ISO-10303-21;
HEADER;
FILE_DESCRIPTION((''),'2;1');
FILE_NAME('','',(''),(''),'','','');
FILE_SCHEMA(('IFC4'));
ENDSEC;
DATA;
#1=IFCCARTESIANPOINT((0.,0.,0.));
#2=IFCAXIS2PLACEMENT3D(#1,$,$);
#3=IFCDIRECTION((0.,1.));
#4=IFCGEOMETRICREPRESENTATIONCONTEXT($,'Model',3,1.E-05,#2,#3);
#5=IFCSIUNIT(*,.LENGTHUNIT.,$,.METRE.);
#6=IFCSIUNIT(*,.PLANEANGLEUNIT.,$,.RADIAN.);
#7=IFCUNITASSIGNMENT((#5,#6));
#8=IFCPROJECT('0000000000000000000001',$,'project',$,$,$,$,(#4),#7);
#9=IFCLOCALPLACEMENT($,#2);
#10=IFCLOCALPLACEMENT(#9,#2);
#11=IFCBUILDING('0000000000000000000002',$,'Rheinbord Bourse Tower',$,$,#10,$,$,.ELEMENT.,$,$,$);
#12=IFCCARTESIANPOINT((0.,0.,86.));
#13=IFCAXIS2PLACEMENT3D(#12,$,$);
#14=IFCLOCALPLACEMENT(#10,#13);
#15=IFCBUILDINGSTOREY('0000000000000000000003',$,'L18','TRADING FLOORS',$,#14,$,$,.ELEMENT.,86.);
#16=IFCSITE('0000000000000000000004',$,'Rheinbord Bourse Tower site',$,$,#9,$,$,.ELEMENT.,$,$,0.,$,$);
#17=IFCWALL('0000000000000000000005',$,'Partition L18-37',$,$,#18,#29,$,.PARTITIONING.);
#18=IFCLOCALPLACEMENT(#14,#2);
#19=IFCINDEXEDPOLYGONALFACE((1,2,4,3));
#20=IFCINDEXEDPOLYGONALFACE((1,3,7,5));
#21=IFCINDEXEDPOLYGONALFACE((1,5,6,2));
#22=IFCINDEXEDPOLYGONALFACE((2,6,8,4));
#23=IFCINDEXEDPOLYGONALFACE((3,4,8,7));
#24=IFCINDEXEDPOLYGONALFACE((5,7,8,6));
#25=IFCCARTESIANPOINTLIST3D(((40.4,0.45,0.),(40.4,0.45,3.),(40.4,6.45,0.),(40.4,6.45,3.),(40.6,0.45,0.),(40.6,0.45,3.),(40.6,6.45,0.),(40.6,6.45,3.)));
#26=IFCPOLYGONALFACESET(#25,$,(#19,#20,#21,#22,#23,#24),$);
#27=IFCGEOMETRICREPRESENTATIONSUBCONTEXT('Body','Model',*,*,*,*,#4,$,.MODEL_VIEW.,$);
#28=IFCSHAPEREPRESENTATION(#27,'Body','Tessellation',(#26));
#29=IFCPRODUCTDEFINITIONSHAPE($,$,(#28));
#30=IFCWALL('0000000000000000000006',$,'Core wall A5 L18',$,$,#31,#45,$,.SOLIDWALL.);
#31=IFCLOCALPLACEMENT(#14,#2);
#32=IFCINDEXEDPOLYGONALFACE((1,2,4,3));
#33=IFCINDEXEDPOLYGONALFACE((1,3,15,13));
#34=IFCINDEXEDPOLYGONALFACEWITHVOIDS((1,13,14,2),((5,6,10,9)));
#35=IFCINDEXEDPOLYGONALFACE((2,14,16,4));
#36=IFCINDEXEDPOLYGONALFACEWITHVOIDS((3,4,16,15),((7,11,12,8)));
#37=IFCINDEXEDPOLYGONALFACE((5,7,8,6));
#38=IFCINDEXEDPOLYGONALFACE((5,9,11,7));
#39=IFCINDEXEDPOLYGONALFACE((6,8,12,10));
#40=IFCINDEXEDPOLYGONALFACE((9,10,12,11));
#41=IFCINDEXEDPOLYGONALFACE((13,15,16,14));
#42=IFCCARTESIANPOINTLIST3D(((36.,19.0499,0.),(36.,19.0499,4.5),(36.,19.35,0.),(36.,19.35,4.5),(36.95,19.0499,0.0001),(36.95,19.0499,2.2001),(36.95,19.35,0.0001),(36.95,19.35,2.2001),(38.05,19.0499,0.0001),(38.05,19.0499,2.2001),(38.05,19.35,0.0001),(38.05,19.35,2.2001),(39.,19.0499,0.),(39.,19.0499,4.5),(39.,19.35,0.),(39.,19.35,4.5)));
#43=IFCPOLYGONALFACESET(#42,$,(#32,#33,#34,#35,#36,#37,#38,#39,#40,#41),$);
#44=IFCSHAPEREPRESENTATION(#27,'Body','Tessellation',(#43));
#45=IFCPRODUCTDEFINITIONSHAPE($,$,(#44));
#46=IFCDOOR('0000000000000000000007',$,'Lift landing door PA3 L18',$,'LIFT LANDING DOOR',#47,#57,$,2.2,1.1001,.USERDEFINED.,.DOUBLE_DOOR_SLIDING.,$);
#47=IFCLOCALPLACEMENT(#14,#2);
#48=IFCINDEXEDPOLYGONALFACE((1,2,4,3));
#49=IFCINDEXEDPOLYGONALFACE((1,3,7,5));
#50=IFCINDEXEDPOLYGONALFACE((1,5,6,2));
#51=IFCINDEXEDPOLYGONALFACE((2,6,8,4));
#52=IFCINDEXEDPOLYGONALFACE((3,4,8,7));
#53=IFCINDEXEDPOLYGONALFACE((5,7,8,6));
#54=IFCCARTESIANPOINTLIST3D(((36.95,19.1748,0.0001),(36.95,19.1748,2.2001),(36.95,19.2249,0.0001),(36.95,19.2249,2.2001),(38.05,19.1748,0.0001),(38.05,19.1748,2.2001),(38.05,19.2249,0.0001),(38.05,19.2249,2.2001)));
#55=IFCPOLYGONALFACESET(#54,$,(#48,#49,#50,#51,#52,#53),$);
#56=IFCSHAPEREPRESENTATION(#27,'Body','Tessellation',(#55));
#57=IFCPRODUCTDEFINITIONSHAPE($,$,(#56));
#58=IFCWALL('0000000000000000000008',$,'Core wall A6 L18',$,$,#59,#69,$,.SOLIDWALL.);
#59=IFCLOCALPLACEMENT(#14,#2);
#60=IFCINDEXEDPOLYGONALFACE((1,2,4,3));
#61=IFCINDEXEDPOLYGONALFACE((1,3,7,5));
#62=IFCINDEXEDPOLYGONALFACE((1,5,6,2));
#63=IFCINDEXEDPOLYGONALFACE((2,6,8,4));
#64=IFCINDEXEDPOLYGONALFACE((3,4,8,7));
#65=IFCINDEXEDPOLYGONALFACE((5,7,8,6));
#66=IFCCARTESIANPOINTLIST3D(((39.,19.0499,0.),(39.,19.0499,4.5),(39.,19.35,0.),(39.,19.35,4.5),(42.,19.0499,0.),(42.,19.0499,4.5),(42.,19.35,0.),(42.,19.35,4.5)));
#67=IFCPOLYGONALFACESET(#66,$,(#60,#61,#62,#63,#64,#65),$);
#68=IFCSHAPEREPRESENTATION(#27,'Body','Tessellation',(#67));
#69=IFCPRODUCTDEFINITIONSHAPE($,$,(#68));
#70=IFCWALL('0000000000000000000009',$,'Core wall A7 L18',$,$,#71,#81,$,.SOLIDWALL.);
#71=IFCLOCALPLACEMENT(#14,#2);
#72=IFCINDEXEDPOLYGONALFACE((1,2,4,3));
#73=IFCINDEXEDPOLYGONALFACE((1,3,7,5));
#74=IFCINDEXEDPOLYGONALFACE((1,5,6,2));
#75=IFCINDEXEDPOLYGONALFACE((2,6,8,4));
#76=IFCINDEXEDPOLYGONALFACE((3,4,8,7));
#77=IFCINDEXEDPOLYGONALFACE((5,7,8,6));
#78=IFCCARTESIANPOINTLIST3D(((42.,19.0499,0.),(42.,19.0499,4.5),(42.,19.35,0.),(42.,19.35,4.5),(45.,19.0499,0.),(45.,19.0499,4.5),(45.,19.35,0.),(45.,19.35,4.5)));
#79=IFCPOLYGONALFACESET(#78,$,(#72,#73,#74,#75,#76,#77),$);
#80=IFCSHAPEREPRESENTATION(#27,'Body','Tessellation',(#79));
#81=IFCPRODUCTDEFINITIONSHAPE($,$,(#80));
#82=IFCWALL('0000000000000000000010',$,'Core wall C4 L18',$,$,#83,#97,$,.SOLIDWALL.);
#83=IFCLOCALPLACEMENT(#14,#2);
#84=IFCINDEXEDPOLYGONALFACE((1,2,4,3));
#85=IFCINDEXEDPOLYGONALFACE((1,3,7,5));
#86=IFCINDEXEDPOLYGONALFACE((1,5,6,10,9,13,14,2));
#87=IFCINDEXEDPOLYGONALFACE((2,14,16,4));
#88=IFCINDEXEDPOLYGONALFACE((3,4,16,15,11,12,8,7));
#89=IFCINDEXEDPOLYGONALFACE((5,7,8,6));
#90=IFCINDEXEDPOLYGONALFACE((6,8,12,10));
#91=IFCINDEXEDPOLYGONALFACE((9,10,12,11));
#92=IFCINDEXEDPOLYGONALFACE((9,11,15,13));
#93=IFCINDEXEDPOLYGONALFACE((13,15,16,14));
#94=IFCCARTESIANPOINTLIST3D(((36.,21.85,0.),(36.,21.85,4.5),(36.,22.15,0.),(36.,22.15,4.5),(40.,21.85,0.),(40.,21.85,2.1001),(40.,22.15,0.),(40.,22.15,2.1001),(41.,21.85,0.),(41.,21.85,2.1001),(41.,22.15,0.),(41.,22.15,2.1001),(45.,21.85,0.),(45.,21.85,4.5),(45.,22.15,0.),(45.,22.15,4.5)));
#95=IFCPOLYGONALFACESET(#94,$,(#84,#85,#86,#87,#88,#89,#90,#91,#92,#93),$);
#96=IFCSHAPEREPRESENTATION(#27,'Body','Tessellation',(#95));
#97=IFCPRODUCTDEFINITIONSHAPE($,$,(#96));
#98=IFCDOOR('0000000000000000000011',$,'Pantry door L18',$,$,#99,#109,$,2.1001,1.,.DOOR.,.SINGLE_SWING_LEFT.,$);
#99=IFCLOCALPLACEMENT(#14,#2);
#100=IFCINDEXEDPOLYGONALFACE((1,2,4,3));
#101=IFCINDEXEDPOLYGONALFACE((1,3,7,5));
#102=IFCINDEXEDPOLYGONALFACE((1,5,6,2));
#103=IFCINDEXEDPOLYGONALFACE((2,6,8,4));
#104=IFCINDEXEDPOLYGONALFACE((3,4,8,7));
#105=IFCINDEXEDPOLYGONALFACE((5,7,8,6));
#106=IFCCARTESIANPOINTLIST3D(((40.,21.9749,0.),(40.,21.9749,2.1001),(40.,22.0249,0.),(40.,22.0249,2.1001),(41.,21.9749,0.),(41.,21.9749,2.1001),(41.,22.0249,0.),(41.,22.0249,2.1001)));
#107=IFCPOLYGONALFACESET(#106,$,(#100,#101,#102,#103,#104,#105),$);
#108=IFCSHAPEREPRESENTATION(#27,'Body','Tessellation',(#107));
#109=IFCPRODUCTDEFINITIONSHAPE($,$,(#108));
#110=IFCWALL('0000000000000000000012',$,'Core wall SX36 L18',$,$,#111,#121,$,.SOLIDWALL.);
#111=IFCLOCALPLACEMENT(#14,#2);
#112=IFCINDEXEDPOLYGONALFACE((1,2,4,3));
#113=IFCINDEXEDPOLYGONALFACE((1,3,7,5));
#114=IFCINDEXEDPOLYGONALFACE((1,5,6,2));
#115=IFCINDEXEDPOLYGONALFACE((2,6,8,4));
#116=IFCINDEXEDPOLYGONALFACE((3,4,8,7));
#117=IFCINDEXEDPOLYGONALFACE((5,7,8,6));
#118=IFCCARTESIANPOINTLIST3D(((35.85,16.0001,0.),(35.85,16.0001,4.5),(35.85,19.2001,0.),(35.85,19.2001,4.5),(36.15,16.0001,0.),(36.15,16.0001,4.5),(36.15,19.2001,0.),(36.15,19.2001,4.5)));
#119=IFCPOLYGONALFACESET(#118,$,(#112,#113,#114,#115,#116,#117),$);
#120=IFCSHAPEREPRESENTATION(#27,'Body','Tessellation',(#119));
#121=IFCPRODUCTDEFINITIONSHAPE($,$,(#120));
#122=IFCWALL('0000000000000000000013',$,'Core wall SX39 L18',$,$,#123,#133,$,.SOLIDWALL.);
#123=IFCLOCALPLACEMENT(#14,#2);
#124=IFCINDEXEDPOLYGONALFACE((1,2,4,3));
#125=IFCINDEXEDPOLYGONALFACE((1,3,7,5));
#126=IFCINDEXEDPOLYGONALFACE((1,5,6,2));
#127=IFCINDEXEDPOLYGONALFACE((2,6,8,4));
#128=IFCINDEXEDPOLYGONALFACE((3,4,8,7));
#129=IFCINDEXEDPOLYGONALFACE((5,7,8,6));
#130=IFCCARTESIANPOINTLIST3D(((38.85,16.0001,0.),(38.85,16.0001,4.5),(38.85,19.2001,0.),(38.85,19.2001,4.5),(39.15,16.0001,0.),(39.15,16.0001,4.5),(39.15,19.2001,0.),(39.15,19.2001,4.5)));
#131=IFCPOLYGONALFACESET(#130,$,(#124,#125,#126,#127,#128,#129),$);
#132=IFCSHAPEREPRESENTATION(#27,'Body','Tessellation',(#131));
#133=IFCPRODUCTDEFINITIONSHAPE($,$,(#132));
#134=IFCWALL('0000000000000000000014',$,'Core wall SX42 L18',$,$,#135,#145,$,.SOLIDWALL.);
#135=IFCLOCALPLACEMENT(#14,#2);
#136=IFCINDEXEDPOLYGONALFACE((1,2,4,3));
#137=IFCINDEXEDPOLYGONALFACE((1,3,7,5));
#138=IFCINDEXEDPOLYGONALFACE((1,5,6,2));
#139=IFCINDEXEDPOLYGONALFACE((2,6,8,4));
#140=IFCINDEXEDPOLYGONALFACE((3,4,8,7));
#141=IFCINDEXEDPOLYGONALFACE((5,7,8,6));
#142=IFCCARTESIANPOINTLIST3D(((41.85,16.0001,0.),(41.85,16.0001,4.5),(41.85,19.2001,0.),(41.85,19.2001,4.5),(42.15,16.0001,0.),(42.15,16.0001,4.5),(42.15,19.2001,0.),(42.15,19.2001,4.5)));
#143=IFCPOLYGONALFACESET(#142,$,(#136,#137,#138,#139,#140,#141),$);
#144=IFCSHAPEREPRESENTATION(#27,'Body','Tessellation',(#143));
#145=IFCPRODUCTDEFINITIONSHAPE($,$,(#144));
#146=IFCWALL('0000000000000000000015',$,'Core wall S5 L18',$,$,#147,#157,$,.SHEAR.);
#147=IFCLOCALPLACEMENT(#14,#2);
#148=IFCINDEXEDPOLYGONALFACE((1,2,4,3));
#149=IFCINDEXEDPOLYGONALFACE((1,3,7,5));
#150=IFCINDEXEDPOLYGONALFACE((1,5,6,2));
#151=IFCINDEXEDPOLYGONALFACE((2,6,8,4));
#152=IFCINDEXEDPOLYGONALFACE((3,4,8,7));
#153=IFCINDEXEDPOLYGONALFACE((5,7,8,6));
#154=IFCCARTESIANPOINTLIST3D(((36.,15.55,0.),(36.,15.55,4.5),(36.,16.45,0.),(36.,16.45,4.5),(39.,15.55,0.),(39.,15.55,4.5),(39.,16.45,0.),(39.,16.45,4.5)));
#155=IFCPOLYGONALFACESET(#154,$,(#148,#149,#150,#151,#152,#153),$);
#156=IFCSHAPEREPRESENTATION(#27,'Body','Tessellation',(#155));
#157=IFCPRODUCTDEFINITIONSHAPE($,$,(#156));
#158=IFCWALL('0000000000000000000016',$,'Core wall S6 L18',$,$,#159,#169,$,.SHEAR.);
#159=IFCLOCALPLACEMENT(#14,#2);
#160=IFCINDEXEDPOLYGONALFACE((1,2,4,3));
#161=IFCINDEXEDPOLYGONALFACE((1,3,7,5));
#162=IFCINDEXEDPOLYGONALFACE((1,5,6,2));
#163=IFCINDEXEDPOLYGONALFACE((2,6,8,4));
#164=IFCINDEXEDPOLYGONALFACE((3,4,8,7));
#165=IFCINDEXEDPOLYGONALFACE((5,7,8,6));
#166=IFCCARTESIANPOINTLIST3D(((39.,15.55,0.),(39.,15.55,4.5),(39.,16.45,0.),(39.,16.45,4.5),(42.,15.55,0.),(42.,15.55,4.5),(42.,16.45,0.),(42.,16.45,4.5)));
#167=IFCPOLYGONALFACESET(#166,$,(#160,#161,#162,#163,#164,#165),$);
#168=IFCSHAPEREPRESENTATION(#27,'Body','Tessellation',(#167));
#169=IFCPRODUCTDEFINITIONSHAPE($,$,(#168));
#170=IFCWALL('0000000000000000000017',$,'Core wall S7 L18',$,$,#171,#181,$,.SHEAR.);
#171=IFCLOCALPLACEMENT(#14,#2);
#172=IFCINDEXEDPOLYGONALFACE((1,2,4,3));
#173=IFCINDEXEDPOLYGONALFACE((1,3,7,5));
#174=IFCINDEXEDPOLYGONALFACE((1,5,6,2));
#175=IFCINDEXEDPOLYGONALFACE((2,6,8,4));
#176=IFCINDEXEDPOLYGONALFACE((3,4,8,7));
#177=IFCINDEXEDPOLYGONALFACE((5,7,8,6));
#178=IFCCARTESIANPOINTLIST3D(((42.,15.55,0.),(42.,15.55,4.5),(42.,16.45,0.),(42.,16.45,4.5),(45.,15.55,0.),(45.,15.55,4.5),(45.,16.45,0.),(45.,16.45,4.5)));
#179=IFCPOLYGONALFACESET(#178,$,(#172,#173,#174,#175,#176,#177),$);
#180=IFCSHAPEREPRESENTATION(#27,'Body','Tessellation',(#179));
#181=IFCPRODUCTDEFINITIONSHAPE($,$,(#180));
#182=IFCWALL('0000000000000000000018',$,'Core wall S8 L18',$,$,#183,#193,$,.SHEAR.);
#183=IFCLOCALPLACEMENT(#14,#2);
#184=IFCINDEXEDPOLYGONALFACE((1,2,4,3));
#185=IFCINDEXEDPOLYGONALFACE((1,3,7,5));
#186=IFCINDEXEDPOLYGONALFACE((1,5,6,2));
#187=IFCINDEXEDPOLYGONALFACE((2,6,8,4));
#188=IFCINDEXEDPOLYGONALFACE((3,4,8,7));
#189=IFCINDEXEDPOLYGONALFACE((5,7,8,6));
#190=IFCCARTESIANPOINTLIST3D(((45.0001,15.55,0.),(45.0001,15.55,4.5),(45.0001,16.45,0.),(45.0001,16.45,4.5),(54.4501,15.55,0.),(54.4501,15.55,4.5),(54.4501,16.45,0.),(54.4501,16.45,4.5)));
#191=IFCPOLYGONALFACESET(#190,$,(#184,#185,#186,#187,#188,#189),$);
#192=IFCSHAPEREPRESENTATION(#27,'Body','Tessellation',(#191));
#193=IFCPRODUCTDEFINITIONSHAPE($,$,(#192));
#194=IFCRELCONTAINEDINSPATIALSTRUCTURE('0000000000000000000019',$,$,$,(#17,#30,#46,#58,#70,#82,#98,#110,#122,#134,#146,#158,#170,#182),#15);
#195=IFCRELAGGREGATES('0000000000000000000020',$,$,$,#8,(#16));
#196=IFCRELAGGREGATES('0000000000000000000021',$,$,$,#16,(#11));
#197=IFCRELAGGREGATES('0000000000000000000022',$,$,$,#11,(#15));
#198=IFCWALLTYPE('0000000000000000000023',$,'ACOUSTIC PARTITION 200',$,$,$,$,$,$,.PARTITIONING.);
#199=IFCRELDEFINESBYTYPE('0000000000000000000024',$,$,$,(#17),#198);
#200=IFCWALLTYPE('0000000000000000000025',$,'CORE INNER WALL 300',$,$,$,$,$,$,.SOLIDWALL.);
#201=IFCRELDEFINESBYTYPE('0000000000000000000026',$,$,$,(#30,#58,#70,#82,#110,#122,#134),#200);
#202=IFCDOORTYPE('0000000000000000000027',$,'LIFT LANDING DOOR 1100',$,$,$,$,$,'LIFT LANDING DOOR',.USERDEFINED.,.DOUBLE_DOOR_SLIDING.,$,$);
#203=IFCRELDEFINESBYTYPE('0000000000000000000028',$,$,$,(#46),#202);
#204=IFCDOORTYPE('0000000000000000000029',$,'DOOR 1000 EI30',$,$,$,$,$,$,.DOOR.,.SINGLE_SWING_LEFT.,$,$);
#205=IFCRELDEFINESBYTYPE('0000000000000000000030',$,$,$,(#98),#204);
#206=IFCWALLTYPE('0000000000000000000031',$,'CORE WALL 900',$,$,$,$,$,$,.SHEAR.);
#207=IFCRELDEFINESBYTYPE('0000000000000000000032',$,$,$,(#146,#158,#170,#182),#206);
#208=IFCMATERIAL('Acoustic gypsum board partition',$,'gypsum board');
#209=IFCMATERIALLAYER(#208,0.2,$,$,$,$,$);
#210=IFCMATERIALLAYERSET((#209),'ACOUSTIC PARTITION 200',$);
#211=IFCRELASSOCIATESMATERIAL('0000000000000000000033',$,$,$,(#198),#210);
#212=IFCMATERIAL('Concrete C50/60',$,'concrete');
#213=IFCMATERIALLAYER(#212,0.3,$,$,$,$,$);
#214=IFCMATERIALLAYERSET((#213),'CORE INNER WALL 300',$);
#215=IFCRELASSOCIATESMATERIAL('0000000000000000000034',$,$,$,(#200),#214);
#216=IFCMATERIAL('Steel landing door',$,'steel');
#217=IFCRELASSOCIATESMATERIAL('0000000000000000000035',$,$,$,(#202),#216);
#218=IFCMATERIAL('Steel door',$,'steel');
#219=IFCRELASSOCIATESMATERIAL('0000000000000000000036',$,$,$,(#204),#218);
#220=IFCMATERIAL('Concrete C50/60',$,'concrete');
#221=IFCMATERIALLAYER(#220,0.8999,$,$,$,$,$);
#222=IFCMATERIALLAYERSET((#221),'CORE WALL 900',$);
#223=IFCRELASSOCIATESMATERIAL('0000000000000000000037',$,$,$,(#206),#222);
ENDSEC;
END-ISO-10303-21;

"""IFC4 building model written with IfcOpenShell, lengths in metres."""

from ifc_helpers import new_model, si_unit, direction, frame, frame_2d, origin, place, context, subcontext, project, spatial, rectangle, extrude, material, layer, layer_set, type_object, element, fill, save


model = new_model("IFC4")

# Units and contexts
model_context = context("Model", 3, precision=1e-05, world=origin(), true_north=direction((0.0, 1.0)))
body_context = subcontext(model_context, "Body", "Model", "MODEL_VIEW")
ifc_project = project(units=[si_unit("LENGTHUNIT", "METRE"), si_unit("PLANEANGLEUNIT", "RADIAN")], contexts=[model_context])

# Site, building, storey
site_placement = place(None, origin())
site = spatial("IfcSite", under=ifc_project, at=site_placement, Name="Rheinbord Bourse Tower site", CompositionType="ELEMENT", RefElevation=0.0)
building_placement = place(site_placement, origin())
building = spatial("IfcBuilding", under=site, at=building_placement, Name="Rheinbord Bourse Tower", CompositionType="ELEMENT")
storey_placement = place(building_placement, frame((0.0, 0.0, 86.0)))
storey = spatial("IfcBuildingStorey", under=building, at=storey_placement, Name="L18", Description="TRADING FLOORS", CompositionType="ELEMENT", Elevation=86.0)

# Shared definitions
ifc_material_1 = material(Name="Acoustic gypsum board partition", Category="gypsum board")
ifc_layer_1 = layer(ifc_material_1, 0.2)
ifc_layer_set_1 = layer_set([ifc_layer_1], Name="ACOUSTIC PARTITION 200")
wall_type_1 = type_object("IfcWallType", Name="ACOUSTIC PARTITION 200", PredefinedType="PARTITIONING", material=ifc_layer_set_1)

# Wall
wall_1_placement = place(storey_placement, frame((40.5, 0.45, 0.0), z_axis=(0.0, 0.0, 1.0), x_axis=(0.0, 1.0, 0.0)))
element("IfcWall", 1, at=wall_1_placement, inside=storey, type_object=wall_type_1, Name="Partition L18-37", PredefinedType="PARTITIONING", context=body_context, shape_type="SweptSolid", body=[
    extrude(rectangle(XDim=6.0, YDim=0.2, at=frame_2d((3.0, 0.0))), origin(), (0.0, 0.0, 1.0), 3.0),
])

# Wall, opening, door
ifc_material_2 = material(Name="Concrete C50/60", Category="concrete")
ifc_layer_2 = layer(ifc_material_2, 0.3)
ifc_layer_set_2 = layer_set([ifc_layer_2], Name="CORE INNER WALL 300")
wall_type_2 = type_object("IfcWallType", Name="CORE INNER WALL 300", PredefinedType="SOLIDWALL", material=ifc_layer_set_2)
wall_2_placement = place(storey_placement, frame((36.0, 19.2, 0.0), z_axis=(0.0, 0.0, 1.0), x_axis=(1.0, 0.0, 0.0)))
wall_2 = element("IfcWall", 2, at=wall_2_placement, inside=storey, type_object=wall_type_2, Name="Core wall A5 L18", PredefinedType="SOLIDWALL", context=body_context, shape_type="SweptSolid", body=[
    extrude(rectangle(XDim=3.0, YDim=0.3, at=frame_2d((1.5, 0.0))), origin(), (0.0, 0.0, 1.0), 4.5),
])
opening_1_placement = place(wall_2_placement, frame((0.95, 0.0, 0.0)))
opening_1 = element("IfcOpeningElement", 3, at=opening_1_placement, cuts=wall_2, PredefinedType="OPENING", context=body_context, shape_type="SweptSolid", body=[
    extrude(rectangle(XDim=1.1001, YDim=2.2, at=frame_2d((0.55, 1.1001))), frame((0.0, 0.1599, 0.0), z_axis=(0.0, -1.0, 0.0), x_axis=(1.0, 0.0, 0.0)), (0.0, 0.0, 1.0), 0.3201),
])
ifc_material_3 = material(Name="Steel landing door", Category="steel")
door_type_1 = type_object("IfcDoorType", Name="LIFT LANDING DOOR 1100", ElementType="LIFT LANDING DOOR", OperationType="DOUBLE_DOOR_SLIDING", PredefinedType="USERDEFINED", material=ifc_material_3)
door_1_placement = place(opening_1_placement, origin())
door_1 = element("IfcDoor", 4, at=door_1_placement, inside=storey, type_object=door_type_1, Name="Lift landing door PA3 L18", ObjectType="LIFT LANDING DOOR", OperationType="DOUBLE_DOOR_SLIDING", OverallHeight=2.2, OverallWidth=1.1001, PredefinedType="USERDEFINED", context=body_context, shape_type="SweptSolid", body=[
    extrude(rectangle(XDim=1.1001, YDim=2.2, at=frame_2d((0.55, 1.1001))), frame((0.0, 0.0249, 0.0), z_axis=(0.0, -1.0, 0.0), x_axis=(1.0, 0.0, 0.0)), (0.0, 0.0, 1.0), 0.05),
])
fill(opening_1, door_1)

# Walls
for number, where, z_axis, x_axis, name in (
    (5, (39.0, 19.2, 0.0), (0.0, 0.0, 1.0), (1.0, 0.0, 0.0), "Core wall A6 L18"),
    (6, (42.0, 19.2, 0.0), (0.0, 0.0, 1.0), (1.0, 0.0, 0.0), "Core wall A7 L18"),
):
    element("IfcWall", number, at=place(storey_placement, frame(where, z_axis=z_axis, x_axis=x_axis)), inside=storey, type_object=wall_type_2, Name=name, PredefinedType="SOLIDWALL", context=body_context, shape_type="SweptSolid", body=[
        extrude(rectangle(XDim=3.0, YDim=0.3, at=frame_2d((1.5, 0.0))), origin(), (0.0, 0.0, 1.0), 4.5),
    ])

# Wall, opening, door
wall_3_placement = place(storey_placement, frame((36.0, 22.0, 0.0), z_axis=(0.0, 0.0, 1.0), x_axis=(1.0, 0.0, 0.0)))
wall_3 = element("IfcWall", 7, at=wall_3_placement, inside=storey, type_object=wall_type_2, Name="Core wall C4 L18", PredefinedType="SOLIDWALL", context=body_context, shape_type="SweptSolid", body=[
    extrude(rectangle(XDim=9.0, YDim=0.3, at=frame_2d((4.5, 0.0))), origin(), (0.0, 0.0, 1.0), 4.5),
])
opening_2_placement = place(wall_3_placement, frame((4.0, 0.0, 0.0)))
opening_2 = element("IfcOpeningElement", 8, at=opening_2_placement, cuts=wall_3, PredefinedType="OPENING", context=body_context, shape_type="SweptSolid", body=[
    extrude(rectangle(XDim=1.0, YDim=2.1001, at=frame_2d((0.5, 1.05))), frame((0.0, 0.1599, 0.0), z_axis=(0.0, -1.0, 0.0), x_axis=(1.0, 0.0, 0.0)), (0.0, 0.0, 1.0), 0.3201),
])
ifc_material_4 = material(Name="Steel door", Category="steel")
door_type_2 = type_object("IfcDoorType", Name="DOOR 1000 EI30", OperationType="SINGLE_SWING_LEFT", PredefinedType="DOOR", material=ifc_material_4)
door_2_placement = place(opening_2_placement, origin())
door_2 = element("IfcDoor", 9, at=door_2_placement, inside=storey, type_object=door_type_2, Name="Pantry door L18", OperationType="SINGLE_SWING_LEFT", OverallHeight=2.1001, OverallWidth=1.0, PredefinedType="DOOR", context=body_context, shape_type="SweptSolid", body=[
    extrude(rectangle(XDim=1.0, YDim=2.1001, at=frame_2d((0.5, 1.05))), frame((0.0, 0.0249, 0.0), z_axis=(0.0, -1.0, 0.0), x_axis=(1.0, 0.0, 0.0)), (0.0, 0.0, 1.0), 0.05),
])
fill(opening_2, door_2)

# Walls
for number, where, z_axis, x_axis, name in (
    (10, (36.0, 16.0, 0.0), (0.0, 0.0, 1.0), (0.0, 1.0, 0.0), "Core wall SX36 L18"),
    (11, (39.0, 16.0, 0.0), (0.0, 0.0, 1.0), (0.0, 1.0, 0.0), "Core wall SX39 L18"),
    (12, (42.0, 16.0, 0.0), (0.0, 0.0, 1.0), (0.0, 1.0, 0.0), "Core wall SX42 L18"),
):
    element("IfcWall", number, at=place(storey_placement, frame(where, z_axis=z_axis, x_axis=x_axis)), inside=storey, type_object=wall_type_2, Name=name, PredefinedType="SOLIDWALL", context=body_context, shape_type="SweptSolid", body=[
        extrude(rectangle(XDim=3.2, YDim=0.3, at=frame_2d((1.6001, 0.0))), origin(), (0.0, 0.0, 1.0), 4.5),
    ])
ifc_material_5 = material(Name="Concrete C50/60", Category="concrete")
ifc_layer_3 = layer(ifc_material_5, 0.8999)
ifc_layer_set_3 = layer_set([ifc_layer_3], Name="CORE WALL 900")
wall_type_3 = type_object("IfcWallType", Name="CORE WALL 900", PredefinedType="SHEAR", material=ifc_layer_set_3)
for number, where, z_axis, x_axis, name in (
    (13, (36.0, 16.0, 0.0), (0.0, 0.0, 1.0), (1.0, 0.0, 0.0), "Core wall S5 L18"),
    (14, (39.0, 16.0, 0.0), (0.0, 0.0, 1.0), (1.0, 0.0, 0.0), "Core wall S6 L18"),
    (15, (42.0, 16.0, 0.0), (0.0, 0.0, 1.0), (1.0, 0.0, 0.0), "Core wall S7 L18"),
):
    element("IfcWall", number, at=place(storey_placement, frame(where, z_axis=z_axis, x_axis=x_axis)), inside=storey, type_object=wall_type_3, Name=name, PredefinedType="SHEAR", context=body_context, shape_type="SweptSolid", body=[
        extrude(rectangle(XDim=3.0, YDim=0.8999, at=frame_2d((1.5, 0.0))), origin(), (0.0, 0.0, 1.0), 4.5),
    ])
wall_4_placement = place(storey_placement, frame((45.0, 16.0, 0.0), z_axis=(0.0, 0.0, 1.0), x_axis=(1.0, 0.0, 0.0)))
element("IfcWall", 16, at=wall_4_placement, inside=storey, type_object=wall_type_3, Name="Core wall S8 L18", PredefinedType="SHEAR", context=body_context, shape_type="SweptSolid", body=[
    extrude(rectangle(XDim=9.45, YDim=0.8999, at=frame_2d((4.7251, 0.0))), origin(), (0.0, 0.0, 1.0), 4.5),
])

save(model, "model.ifc")
